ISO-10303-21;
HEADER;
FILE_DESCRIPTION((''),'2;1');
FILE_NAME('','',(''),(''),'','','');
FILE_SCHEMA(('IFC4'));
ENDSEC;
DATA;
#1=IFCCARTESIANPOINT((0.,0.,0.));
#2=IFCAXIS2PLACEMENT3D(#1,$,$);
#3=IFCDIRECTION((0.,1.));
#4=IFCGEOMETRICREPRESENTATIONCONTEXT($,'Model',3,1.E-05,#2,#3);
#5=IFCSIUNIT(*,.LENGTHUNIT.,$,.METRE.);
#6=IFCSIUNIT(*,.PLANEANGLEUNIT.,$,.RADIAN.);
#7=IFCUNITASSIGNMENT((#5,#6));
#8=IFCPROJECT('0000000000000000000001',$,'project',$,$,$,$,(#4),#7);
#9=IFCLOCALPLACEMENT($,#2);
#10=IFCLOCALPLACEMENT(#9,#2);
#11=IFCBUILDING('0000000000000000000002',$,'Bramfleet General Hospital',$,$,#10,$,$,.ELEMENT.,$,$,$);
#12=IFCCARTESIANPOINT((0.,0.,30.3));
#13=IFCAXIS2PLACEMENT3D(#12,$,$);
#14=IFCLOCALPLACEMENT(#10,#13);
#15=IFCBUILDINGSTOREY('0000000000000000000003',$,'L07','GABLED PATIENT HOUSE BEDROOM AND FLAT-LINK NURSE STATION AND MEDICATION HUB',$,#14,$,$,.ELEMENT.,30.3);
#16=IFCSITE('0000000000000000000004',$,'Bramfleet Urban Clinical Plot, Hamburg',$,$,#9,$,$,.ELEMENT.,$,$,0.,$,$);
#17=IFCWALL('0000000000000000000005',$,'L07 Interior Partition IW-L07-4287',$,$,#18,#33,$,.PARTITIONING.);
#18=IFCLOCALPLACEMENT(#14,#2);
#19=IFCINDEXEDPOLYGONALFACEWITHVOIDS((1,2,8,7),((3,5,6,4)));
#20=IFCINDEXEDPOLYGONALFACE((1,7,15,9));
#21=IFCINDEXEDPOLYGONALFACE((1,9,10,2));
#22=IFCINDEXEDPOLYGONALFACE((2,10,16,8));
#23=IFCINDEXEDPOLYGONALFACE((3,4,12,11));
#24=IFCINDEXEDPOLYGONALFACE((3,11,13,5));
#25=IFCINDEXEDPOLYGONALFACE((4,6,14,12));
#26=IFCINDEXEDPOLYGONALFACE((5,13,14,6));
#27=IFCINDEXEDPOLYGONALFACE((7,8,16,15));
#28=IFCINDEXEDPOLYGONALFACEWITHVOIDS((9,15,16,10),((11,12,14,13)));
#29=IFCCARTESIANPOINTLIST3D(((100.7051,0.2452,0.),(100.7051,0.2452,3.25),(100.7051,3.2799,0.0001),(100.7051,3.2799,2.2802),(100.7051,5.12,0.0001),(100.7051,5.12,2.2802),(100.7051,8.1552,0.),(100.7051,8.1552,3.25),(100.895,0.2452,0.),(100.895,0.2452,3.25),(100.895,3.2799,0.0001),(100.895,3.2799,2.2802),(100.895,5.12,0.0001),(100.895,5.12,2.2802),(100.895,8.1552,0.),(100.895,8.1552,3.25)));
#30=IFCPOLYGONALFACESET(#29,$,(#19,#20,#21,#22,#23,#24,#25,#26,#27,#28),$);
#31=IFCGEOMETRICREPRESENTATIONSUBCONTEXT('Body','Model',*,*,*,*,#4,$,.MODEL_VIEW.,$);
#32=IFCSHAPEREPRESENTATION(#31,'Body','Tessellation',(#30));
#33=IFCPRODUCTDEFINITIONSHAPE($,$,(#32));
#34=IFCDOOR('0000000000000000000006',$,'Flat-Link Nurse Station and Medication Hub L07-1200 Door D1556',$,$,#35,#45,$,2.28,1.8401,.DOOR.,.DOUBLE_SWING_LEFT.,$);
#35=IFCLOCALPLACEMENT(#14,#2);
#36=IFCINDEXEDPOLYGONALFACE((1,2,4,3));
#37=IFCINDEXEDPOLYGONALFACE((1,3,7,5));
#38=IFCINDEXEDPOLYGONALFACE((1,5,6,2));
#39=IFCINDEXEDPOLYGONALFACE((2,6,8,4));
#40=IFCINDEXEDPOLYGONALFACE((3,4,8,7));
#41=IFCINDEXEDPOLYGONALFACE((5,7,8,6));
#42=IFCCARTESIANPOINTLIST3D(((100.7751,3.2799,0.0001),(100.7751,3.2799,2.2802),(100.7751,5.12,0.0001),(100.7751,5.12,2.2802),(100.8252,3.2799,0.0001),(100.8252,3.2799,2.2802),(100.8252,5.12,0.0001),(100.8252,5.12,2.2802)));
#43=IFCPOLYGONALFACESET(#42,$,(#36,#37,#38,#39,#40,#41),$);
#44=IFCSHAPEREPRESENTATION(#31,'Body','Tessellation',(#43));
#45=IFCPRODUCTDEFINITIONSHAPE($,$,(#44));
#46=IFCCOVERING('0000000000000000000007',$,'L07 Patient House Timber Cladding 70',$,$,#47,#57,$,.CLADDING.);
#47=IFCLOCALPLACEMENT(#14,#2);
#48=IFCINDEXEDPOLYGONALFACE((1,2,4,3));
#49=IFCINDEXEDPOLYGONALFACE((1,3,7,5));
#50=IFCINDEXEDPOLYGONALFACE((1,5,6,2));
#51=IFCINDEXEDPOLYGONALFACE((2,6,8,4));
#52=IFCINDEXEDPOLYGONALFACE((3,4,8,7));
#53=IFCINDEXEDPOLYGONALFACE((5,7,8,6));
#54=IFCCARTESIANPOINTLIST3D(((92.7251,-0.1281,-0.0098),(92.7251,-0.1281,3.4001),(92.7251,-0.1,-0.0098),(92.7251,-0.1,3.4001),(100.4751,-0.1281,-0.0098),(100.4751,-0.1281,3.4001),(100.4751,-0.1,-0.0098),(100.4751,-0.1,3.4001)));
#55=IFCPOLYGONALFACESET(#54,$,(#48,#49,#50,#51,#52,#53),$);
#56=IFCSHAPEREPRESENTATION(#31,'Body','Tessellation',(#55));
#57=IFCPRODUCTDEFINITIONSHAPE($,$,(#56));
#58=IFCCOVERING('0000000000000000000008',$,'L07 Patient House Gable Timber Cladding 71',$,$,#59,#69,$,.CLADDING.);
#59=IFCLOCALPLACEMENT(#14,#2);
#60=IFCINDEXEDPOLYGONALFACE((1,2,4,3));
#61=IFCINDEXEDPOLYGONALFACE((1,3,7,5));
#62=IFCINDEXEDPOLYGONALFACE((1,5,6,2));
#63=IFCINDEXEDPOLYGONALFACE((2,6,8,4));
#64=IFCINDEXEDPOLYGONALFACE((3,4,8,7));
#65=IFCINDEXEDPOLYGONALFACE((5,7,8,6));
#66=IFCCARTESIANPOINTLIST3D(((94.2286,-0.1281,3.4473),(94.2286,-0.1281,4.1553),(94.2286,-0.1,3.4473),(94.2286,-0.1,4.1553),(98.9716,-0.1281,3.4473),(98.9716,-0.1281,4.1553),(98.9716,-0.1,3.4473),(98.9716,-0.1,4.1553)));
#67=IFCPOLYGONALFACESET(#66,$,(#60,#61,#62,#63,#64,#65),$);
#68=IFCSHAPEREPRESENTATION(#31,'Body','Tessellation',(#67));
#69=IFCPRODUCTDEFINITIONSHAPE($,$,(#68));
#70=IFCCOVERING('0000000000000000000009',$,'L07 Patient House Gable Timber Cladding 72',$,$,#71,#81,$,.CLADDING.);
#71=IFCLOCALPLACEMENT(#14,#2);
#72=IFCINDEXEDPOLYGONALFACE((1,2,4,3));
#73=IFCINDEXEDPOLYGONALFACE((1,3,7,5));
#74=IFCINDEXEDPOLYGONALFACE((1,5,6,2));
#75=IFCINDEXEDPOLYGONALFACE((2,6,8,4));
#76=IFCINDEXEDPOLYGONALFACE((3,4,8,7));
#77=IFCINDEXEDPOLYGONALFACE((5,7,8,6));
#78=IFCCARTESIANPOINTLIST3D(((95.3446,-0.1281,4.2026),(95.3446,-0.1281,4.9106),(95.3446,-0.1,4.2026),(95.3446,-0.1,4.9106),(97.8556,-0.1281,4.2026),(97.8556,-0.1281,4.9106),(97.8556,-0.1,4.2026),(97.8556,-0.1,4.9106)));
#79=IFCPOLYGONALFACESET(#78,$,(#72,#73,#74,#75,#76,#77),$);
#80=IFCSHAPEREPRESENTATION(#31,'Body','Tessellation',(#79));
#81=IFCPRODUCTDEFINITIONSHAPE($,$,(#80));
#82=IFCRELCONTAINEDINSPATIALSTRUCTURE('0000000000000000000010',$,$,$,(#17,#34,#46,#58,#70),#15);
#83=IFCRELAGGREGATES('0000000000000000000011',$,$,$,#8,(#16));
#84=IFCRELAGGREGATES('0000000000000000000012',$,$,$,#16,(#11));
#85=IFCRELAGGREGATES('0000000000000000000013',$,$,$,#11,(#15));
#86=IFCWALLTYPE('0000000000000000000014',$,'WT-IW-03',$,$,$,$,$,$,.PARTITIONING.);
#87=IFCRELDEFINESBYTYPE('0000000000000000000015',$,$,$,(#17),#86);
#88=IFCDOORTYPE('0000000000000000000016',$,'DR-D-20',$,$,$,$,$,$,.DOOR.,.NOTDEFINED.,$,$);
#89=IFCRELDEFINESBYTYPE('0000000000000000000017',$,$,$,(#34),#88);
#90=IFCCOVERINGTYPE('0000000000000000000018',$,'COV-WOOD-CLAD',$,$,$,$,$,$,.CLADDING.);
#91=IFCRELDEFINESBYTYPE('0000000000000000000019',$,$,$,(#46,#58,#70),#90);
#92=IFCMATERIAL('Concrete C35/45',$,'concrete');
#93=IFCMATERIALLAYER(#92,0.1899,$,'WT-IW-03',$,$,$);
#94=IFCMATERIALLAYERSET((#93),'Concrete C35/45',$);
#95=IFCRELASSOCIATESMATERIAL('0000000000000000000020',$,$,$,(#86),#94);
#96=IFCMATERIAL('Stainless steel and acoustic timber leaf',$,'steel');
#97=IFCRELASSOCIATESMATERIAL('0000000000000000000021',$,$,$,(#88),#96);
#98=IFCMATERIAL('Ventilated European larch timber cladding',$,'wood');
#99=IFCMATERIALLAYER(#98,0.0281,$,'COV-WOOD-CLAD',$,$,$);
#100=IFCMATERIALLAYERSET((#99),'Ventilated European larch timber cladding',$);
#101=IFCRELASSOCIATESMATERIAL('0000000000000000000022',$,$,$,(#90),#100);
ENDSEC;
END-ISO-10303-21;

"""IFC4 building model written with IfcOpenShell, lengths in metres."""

from ifc_helpers import new_model, si_unit, direction, frame, frame_2d, origin, origin_2d, place, context, subcontext, project, spatial, rectangle, extrude, material, layer, layer_set, type_object, element, fill, save


model = new_model("IFC4")

# Units and contexts
model_context = context("Model", 3, precision=1e-05, world=origin(), true_north=direction((0.0, 1.0)))
body_context = subcontext(model_context, "Body", "Model", "MODEL_VIEW")
ifc_project = project(units=[si_unit("LENGTHUNIT", "METRE"), si_unit("PLANEANGLEUNIT", "RADIAN")], contexts=[model_context])

# Site, building, storey
site_placement = place(None, origin())
site = spatial("IfcSite", under=ifc_project, at=site_placement, Name="Bramfleet Urban Clinical Plot, Hamburg", CompositionType="ELEMENT", RefElevation=0.0)
building_placement = place(site_placement, origin())
building = spatial("IfcBuilding", under=site, at=building_placement, Name="Bramfleet General Hospital", CompositionType="ELEMENT")
storey_placement = place(building_placement, frame((0.0, 0.0, 30.3)))
storey = spatial("IfcBuildingStorey", under=building, at=storey_placement, Name="L07", Description="GABLED PATIENT HOUSE BEDROOM AND FLAT-LINK NURSE STATION AND MEDICATION HUB", CompositionType="ELEMENT", Elevation=30.3)

# Shared definitions
ifc_material_1 = material(Name="Concrete C35/45", Category="concrete")
ifc_layer_1 = layer(ifc_material_1, 0.1899, Name="WT-IW-03")
ifc_layer_set_1 = layer_set([ifc_layer_1], Name="Concrete C35/45")
wall_type_1 = type_object("IfcWallType", Name="WT-IW-03", PredefinedType="PARTITIONING", material=ifc_layer_set_1)

# Wall, opening, door
wall_1_placement = place(storey_placement, frame((100.8, 0.2451, 0.0), z_axis=(0.0, 0.0, 1.0), x_axis=(0.0, 1.0, 0.0)))
wall_1 = element("IfcWall", 1, at=wall_1_placement, inside=storey, type_object=wall_type_1, Name="L07 Interior Partition IW-L07-4287", PredefinedType="PARTITIONING", context=body_context, shape_type="SweptSolid", body=[
    extrude(rectangle(XDim=7.9099, YDim=0.1899, at=frame_2d((3.9551, 0.0))), origin(), (0.0, 0.0, 1.0), 3.25),
])
opening_1_placement = place(wall_1_placement, frame((3.0349, 0.0, 0.0)))
opening_1 = element("IfcOpeningElement", 2, at=opening_1_placement, cuts=wall_1, PredefinedType="OPENING", context=body_context, shape_type="SweptSolid", body=[
    extrude(rectangle(XDim=1.8401, YDim=2.28, at=frame_2d((0.9199, 1.1401))), frame((0.0, 0.105, 0.0), z_axis=(0.0, -1.0, 0.0), x_axis=(1.0, 0.0, 0.0)), (0.0, 0.0, 1.0), 0.21),
])
ifc_material_2 = material(Name="Stainless steel and acoustic timber leaf", Category="steel")
door_type = type_object("IfcDoorType", Name="DR-D-20", OperationType="NOTDEFINED", PredefinedType="DOOR", material=ifc_material_2)
door_placement = place(opening_1_placement, origin())
door = element("IfcDoor", 3, at=door_placement, inside=storey, type_object=door_type, Name="Flat-Link Nurse Station and Medication Hub L07-1200 Door D1556", OperationType="DOUBLE_SWING_LEFT", OverallHeight=2.28, OverallWidth=1.8401, PredefinedType="DOOR", context=body_context, shape_type="SweptSolid", body=[
    extrude(rectangle(XDim=1.8401, YDim=2.28, at=frame_2d((0.9199, 1.1401))), frame((0.0, 0.0249, 0.0), z_axis=(0.0, -1.0, 0.0), x_axis=(1.0, 0.0, 0.0)), (0.0, 0.0, 1.0), 0.05),
])
fill(opening_1, door)

# Coverings
ifc_material_3 = material(Name="Ventilated European larch timber cladding", Category="wood")
ifc_layer_2 = layer(ifc_material_3, 0.0281, Name="COV-WOOD-CLAD")
ifc_layer_set_2 = layer_set([ifc_layer_2], Name="Ventilated European larch timber cladding")
covering_type = type_object("IfcCoveringType", Name="COV-WOOD-CLAD", PredefinedType="CLADDING", material=ifc_layer_set_2)
covering_1_placement = place(storey_placement, frame((96.6001, -0.114, -0.0098), z_axis=(0.0, 0.0, 1.0), x_axis=(-1.0, 0.0, 0.0)))
element("IfcCovering", 4, at=covering_1_placement, inside=storey, type_object=covering_type, Name="L07 Patient House Timber Cladding 70", PredefinedType="CLADDING", context=body_context, shape_type="SweptSolid", body=[
    extrude(rectangle(XDim=7.75, YDim=0.0281, at=origin_2d()), origin(), (0.0, 0.0, 1.0), 3.4099),
])
covering_2_placement = place(storey_placement, frame((96.6001, -0.114, 3.4473), z_axis=(0.0, 0.0, 1.0), x_axis=(-1.0, 0.0, 0.0)))
element("IfcCovering", 5, at=covering_2_placement, inside=storey, type_object=covering_type, Name="L07 Patient House Gable Timber Cladding 71", PredefinedType="CLADDING", context=body_context, shape_type="SweptSolid", body=[
    extrude(rectangle(XDim=4.7429, YDim=0.0281, at=origin_2d()), origin(), (0.0, 0.0, 1.0), 0.708),
])
covering_3_placement = place(storey_placement, frame((96.6001, -0.114, 4.2026), z_axis=(0.0, 0.0, 1.0), x_axis=(-1.0, 0.0, 0.0)))
element("IfcCovering", 6, at=covering_3_placement, inside=storey, type_object=covering_type, Name="L07 Patient House Gable Timber Cladding 72", PredefinedType="CLADDING", context=body_context, shape_type="SweptSolid", body=[
    extrude(rectangle(XDim=2.511, YDim=0.0281, at=origin_2d()), origin(), (0.0, 0.0, 1.0), 0.708),
])

save(model, "model.ifc")
